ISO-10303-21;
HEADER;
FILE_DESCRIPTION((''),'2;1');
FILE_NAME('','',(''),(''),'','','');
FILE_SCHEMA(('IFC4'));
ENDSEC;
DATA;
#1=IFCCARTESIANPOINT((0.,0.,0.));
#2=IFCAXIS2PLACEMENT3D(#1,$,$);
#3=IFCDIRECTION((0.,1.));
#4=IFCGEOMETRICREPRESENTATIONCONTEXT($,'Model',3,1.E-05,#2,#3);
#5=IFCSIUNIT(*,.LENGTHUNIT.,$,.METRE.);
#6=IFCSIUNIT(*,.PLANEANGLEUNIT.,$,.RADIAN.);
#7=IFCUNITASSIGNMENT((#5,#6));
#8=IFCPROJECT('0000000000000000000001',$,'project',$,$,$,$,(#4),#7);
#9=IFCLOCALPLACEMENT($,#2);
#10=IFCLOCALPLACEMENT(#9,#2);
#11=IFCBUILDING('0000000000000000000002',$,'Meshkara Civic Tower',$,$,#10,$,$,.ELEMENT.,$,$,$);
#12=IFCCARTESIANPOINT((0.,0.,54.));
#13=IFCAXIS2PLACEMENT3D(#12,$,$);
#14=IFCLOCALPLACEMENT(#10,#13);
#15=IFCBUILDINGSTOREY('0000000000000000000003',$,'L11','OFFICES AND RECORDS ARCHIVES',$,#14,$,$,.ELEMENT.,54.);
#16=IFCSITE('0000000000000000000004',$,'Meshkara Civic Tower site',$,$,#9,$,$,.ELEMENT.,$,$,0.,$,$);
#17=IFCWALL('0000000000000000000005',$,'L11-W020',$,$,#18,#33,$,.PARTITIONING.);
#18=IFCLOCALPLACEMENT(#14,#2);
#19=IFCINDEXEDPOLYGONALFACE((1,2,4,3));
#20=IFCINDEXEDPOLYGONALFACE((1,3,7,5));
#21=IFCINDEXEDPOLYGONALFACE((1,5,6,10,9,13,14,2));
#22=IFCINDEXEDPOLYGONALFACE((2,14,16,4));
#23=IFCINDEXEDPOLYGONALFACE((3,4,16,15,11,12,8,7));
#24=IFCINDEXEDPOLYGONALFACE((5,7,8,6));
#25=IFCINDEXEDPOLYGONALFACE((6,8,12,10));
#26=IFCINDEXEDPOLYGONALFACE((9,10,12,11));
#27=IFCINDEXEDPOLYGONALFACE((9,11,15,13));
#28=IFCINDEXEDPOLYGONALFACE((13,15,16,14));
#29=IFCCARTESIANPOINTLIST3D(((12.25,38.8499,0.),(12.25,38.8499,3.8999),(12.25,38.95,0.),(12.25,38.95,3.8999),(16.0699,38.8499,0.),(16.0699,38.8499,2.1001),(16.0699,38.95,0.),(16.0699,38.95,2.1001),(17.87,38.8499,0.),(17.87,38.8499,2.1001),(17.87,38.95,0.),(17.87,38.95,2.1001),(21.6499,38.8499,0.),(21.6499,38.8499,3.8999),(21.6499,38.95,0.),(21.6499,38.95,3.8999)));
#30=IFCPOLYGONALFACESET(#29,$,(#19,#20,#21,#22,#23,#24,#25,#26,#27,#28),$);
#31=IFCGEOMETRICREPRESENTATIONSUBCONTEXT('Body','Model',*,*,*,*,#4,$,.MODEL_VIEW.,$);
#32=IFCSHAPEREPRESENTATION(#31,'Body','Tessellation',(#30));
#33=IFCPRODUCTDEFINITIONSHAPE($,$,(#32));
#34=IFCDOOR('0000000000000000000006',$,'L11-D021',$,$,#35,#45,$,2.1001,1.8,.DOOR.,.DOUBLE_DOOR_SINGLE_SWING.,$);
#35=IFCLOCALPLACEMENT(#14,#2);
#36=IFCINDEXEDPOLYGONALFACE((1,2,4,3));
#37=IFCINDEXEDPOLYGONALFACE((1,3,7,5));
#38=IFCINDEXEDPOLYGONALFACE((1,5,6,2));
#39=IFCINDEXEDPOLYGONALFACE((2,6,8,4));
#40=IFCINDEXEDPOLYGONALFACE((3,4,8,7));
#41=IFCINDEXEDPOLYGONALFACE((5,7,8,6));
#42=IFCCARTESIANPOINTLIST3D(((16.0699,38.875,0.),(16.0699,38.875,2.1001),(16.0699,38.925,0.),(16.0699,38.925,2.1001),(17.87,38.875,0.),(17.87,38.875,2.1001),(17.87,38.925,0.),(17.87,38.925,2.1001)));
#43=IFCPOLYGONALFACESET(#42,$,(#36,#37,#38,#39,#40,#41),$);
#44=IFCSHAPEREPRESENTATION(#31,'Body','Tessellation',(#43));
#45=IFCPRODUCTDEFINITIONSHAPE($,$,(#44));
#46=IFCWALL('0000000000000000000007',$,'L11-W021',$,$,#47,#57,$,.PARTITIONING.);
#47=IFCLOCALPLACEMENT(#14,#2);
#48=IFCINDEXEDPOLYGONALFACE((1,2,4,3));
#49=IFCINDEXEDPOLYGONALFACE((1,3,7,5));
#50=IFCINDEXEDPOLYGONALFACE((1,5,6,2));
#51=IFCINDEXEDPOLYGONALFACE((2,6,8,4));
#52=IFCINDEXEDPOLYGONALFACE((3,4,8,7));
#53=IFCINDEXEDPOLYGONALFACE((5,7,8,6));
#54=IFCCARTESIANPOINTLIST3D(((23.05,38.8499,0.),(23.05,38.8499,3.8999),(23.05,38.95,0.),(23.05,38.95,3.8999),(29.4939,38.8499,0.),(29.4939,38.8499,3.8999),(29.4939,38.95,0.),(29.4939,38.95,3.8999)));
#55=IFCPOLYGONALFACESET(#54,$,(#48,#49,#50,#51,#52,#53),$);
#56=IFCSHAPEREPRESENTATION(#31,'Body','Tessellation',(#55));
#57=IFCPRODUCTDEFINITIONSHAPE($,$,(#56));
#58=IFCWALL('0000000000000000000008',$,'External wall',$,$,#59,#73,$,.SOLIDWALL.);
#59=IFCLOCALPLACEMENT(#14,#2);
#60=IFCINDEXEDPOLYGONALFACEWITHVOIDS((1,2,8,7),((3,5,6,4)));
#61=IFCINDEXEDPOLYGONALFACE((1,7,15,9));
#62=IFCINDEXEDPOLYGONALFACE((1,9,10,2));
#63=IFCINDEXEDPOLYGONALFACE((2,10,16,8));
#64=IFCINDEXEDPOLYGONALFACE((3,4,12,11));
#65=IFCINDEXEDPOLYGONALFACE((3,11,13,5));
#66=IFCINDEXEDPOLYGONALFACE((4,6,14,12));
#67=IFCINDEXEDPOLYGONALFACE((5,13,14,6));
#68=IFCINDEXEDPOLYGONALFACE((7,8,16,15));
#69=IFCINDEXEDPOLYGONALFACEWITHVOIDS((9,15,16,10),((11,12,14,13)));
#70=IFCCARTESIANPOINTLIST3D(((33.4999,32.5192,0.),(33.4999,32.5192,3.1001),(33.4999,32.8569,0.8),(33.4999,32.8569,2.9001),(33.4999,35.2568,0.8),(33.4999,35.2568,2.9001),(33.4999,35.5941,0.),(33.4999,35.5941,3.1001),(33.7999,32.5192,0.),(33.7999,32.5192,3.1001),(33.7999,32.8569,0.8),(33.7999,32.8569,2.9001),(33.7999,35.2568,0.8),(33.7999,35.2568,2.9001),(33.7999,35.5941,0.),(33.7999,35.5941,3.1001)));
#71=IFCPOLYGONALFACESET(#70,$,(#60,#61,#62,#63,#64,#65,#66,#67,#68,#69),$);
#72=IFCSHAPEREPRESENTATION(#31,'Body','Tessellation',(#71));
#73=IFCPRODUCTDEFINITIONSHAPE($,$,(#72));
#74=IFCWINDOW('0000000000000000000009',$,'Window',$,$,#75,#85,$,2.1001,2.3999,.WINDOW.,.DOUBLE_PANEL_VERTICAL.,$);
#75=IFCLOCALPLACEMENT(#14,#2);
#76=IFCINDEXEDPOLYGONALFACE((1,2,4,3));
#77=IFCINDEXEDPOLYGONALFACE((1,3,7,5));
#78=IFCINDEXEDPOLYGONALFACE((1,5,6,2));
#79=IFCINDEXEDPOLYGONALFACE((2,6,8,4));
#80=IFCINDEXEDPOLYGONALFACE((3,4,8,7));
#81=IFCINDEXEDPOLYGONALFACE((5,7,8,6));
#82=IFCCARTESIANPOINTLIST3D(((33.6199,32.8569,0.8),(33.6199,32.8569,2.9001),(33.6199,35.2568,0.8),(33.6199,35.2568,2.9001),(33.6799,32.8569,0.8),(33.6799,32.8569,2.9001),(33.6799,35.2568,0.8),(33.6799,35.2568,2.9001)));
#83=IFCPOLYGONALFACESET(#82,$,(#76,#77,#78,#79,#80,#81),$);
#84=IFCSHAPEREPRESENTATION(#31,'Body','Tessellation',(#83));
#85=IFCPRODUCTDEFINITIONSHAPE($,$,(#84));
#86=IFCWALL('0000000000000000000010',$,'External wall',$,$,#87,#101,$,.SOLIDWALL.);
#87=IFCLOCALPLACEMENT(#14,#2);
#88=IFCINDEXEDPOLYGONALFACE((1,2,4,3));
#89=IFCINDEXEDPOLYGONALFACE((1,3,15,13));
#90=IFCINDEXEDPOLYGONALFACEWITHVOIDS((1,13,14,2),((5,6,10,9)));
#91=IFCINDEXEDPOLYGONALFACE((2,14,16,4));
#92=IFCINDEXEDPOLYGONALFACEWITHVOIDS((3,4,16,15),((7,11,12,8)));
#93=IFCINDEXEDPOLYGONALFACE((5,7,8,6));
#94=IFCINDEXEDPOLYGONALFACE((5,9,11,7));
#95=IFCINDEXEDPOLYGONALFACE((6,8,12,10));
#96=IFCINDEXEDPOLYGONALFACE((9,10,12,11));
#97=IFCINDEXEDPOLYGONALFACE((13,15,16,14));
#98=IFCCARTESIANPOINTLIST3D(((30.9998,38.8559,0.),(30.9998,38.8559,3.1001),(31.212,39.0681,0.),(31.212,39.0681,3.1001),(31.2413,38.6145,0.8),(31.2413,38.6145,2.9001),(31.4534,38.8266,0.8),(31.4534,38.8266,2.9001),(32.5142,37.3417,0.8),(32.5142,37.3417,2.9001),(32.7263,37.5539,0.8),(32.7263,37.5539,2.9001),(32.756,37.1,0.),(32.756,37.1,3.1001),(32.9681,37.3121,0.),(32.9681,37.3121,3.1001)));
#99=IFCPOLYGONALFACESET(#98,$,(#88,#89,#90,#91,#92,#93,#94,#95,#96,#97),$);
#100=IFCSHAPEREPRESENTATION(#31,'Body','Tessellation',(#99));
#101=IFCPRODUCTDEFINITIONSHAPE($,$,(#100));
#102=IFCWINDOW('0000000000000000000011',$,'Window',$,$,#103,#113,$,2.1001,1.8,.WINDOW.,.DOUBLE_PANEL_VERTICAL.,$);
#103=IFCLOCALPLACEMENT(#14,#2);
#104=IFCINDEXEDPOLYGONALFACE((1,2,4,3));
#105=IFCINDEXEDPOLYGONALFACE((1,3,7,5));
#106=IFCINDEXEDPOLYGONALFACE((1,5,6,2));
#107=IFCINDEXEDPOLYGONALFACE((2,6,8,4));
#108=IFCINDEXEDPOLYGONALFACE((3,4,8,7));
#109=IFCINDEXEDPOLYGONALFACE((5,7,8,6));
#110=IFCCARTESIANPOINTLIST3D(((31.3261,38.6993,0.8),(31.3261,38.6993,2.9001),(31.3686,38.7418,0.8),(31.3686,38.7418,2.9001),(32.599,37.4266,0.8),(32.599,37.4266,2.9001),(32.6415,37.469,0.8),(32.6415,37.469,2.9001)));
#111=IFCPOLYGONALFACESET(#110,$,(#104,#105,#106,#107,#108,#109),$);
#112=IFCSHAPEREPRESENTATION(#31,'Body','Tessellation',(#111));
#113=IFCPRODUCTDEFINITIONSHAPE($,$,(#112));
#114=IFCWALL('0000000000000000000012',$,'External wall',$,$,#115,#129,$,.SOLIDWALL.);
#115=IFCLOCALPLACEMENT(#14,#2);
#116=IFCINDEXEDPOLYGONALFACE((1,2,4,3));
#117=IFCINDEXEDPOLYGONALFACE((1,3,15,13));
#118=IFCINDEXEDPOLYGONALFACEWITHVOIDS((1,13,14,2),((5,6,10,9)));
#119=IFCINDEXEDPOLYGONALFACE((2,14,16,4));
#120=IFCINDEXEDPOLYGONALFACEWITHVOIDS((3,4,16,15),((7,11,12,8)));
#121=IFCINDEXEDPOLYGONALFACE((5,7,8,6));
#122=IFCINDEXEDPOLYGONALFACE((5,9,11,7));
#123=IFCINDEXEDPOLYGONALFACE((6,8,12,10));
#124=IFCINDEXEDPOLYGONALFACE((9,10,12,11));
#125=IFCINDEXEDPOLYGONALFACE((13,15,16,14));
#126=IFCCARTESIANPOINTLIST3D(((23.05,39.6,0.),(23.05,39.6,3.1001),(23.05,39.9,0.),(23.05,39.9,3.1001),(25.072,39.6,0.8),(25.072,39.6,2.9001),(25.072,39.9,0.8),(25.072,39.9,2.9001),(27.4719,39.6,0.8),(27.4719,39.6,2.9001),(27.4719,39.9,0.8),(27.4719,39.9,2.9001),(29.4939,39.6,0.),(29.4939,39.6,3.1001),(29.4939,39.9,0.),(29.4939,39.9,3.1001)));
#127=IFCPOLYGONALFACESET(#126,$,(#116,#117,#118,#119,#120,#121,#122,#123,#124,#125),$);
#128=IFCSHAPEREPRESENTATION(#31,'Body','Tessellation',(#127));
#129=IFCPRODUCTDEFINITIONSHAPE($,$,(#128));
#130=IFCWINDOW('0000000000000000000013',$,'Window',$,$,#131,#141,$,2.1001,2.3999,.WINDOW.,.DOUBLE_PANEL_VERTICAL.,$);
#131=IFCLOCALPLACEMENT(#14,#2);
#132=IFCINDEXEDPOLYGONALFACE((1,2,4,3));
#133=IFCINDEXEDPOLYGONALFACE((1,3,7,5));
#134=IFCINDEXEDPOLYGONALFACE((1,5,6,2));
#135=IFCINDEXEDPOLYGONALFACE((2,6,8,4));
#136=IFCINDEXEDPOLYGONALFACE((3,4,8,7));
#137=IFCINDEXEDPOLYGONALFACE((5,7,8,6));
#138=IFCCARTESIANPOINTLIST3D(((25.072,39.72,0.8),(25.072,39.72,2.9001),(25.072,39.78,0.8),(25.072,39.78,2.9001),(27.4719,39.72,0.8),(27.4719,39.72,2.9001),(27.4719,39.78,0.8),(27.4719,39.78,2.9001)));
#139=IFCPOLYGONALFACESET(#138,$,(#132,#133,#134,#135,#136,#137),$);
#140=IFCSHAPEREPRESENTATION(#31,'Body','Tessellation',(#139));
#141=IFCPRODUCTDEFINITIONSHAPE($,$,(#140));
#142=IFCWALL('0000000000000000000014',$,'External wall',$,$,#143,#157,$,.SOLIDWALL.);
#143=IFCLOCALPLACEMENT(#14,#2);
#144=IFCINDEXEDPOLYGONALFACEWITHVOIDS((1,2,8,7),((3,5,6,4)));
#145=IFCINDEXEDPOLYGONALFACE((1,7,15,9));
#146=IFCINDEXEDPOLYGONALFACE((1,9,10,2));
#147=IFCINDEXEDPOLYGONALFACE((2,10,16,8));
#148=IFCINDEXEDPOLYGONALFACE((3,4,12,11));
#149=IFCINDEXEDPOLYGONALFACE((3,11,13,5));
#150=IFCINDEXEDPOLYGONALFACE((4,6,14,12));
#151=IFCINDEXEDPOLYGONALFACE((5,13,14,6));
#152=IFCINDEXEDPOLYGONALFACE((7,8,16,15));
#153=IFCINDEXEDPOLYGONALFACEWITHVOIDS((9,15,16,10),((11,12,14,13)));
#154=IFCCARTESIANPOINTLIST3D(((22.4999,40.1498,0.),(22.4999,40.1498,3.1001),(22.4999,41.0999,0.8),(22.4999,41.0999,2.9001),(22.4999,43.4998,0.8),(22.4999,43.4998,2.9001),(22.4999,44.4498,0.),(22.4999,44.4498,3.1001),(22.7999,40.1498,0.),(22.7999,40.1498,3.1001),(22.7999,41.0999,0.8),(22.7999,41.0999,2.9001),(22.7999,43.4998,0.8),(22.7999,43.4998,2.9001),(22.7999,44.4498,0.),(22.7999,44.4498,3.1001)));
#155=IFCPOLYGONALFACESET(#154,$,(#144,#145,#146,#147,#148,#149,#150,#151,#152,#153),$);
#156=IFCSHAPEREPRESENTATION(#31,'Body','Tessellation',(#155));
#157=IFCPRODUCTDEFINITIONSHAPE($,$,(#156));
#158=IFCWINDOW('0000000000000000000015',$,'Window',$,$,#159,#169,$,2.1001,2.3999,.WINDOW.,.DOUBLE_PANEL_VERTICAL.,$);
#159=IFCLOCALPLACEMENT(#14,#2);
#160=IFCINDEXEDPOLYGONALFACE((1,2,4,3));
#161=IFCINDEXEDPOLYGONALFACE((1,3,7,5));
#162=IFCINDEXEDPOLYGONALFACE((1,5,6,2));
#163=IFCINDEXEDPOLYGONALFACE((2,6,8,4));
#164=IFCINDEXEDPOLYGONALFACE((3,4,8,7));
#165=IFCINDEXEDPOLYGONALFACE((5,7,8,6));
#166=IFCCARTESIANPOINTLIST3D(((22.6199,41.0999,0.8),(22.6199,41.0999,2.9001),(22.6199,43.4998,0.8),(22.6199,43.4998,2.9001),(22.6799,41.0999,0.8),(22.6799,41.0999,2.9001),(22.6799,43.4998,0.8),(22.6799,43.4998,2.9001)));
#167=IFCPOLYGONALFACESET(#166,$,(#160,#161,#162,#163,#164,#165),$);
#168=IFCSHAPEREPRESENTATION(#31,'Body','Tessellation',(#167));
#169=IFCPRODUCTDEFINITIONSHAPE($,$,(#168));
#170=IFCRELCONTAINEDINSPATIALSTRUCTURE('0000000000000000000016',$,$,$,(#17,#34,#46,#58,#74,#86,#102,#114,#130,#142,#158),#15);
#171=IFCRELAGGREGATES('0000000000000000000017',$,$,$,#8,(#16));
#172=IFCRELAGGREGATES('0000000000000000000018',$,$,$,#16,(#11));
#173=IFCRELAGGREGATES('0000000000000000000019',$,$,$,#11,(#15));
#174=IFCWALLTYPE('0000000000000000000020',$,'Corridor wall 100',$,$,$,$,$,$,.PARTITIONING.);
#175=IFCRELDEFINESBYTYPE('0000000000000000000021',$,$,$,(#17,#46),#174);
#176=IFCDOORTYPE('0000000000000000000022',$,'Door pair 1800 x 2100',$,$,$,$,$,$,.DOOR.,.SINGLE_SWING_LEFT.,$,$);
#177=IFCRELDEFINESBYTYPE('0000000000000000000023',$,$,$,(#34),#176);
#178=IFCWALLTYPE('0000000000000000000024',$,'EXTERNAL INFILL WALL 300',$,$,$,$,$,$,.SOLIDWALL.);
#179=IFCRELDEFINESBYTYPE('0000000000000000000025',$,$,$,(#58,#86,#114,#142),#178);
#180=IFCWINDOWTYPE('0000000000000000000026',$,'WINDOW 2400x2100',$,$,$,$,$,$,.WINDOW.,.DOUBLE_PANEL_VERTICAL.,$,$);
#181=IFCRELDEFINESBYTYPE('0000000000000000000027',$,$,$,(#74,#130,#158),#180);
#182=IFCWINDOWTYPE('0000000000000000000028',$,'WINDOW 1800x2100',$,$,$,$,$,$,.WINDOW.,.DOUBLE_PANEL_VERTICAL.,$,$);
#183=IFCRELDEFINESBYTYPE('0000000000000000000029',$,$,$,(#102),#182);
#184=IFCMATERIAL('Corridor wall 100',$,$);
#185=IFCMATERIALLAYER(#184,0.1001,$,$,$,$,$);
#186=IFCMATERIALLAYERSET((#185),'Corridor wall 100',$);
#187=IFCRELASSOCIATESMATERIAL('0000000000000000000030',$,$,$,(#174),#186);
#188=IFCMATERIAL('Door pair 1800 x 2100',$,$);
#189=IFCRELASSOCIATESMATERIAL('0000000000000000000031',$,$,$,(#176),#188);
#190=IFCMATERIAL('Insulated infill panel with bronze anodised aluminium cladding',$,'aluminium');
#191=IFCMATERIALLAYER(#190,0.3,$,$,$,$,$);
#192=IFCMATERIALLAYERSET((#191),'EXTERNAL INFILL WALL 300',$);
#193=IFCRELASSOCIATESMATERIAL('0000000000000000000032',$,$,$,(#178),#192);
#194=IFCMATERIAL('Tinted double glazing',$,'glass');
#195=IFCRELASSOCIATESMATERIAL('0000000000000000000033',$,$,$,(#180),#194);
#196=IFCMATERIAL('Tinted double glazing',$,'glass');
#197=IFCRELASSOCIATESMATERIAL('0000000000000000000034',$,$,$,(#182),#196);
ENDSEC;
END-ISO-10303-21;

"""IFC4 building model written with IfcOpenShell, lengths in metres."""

from ifc_helpers import new_model, si_unit, direction, frame, frame_2d, origin, place, context, subcontext, project, spatial, rectangle, extrude, material, layer, layer_set, type_object, element, fill, save


model = new_model("IFC4")

# Units and contexts
model_context = context("Model", 3, precision=1e-05, world=origin(), true_north=direction((0.0, 1.0)))
body_context = subcontext(model_context, "Body", "Model", "MODEL_VIEW")
ifc_project = project(units=[si_unit("LENGTHUNIT", "METRE"), si_unit("PLANEANGLEUNIT", "RADIAN")], contexts=[model_context])

# Site, building, storey
site_placement = place(None, origin())
site = spatial("IfcSite", under=ifc_project, at=site_placement, Name="Meshkara Civic Tower site", CompositionType="ELEMENT", RefElevation=0.0)
building_placement = place(site_placement, origin())
building = spatial("IfcBuilding", under=site, at=building_placement, Name="Meshkara Civic Tower", CompositionType="ELEMENT")
storey_placement = place(building_placement, frame((0.0, 0.0, 54.0)))
storey = spatial("IfcBuildingStorey", under=building, at=storey_placement, Name="L11", Description="OFFICES AND RECORDS ARCHIVES", CompositionType="ELEMENT", Elevation=54.0)

# Wall, opening, door
ifc_material_1 = material(Name="Corridor wall 100")
ifc_layer_1 = layer(ifc_material_1, 0.1001)
ifc_layer_set_1 = layer_set([ifc_layer_1], Name="Corridor wall 100")
wall_type_1 = type_object("IfcWallType", Name="Corridor wall 100", PredefinedType="PARTITIONING", material=ifc_layer_set_1)
wall_1_placement = place(storey_placement, frame((21.6499, 38.8999, 0.0), z_axis=(0.0, 0.0, 1.0), x_axis=(-1.0, 0.0, 0.0)))
wall_1 = element("IfcWall", 1, at=wall_1_placement, inside=storey, type_object=wall_type_1, Name="L11-W020", PredefinedType="PARTITIONING", context=body_context, shape_type="SweptSolid", body=[
    extrude(rectangle(XDim=9.3999, YDim=0.1001, at=frame_2d((4.7, 0.0))), origin(), (0.0, 0.0, 1.0), 3.8999),
])
opening_1_placement = place(wall_1_placement, frame((3.78, 0.0, 0.0)))
opening_1 = element("IfcOpeningElement", 2, at=opening_1_placement, cuts=wall_1, PredefinedType="OPENING", context=body_context, shape_type="SweptSolid", body=[
    extrude(rectangle(XDim=1.8, YDim=2.1001, at=frame_2d((0.8999, 1.05))), frame((0.0, 0.0601, 0.0), z_axis=(0.0, -1.0, 0.0), x_axis=(1.0, 0.0, 0.0)), (0.0, 0.0, 1.0), 0.1201),
])
ifc_material_2 = material(Name="Door pair 1800 x 2100")
door_type_1 = type_object("IfcDoorType", Name="Door pair 1800 x 2100", OperationType="SINGLE_SWING_LEFT", PredefinedType="DOOR", material=ifc_material_2)
door_1_placement = place(opening_1_placement, origin())
door_1 = element("IfcDoor", 3, at=door_1_placement, inside=storey, type_object=door_type_1, Name="L11-D021", OperationType="DOUBLE_DOOR_SINGLE_SWING", OverallHeight=2.1001, OverallWidth=1.8, PredefinedType="DOOR", context=body_context, shape_type="SweptSolid", body=[
    extrude(rectangle(XDim=1.8, YDim=2.1001, at=frame_2d((0.8999, 1.05))), frame((0.0, 0.0249, 0.0), z_axis=(0.0, -1.0, 0.0), x_axis=(1.0, 0.0, 0.0)), (0.0, 0.0, 1.0), 0.05),
])
fill(opening_1, door_1)

# Wall
wall_2_placement = place(storey_placement, frame((29.4939, 38.8999, 0.0), z_axis=(0.0, 0.0, 1.0), x_axis=(-1.0, 0.0, 0.0)))
element("IfcWall", 4, at=wall_2_placement, inside=storey, type_object=wall_type_1, Name="L11-W021", PredefinedType="PARTITIONING", context=body_context, shape_type="SweptSolid", body=[
    extrude(rectangle(XDim=6.4438, YDim=0.1001, at=frame_2d((3.2219, 0.0))), origin(), (0.0, 0.0, 1.0), 3.8999),
])

# Walls, openings, windows
ifc_material_3 = material(Name="Insulated infill panel with bronze anodised aluminium cladding", Category="aluminium")
ifc_layer_2 = layer(ifc_material_3, 0.3)
ifc_layer_set_2 = layer_set([ifc_layer_2], Name="EXTERNAL INFILL WALL 300")
wall_type_2 = type_object("IfcWallType", Name="EXTERNAL INFILL WALL 300", PredefinedType="SOLIDWALL", material=ifc_layer_set_2)
wall_3_placement = place(storey_placement, frame((33.6499, 32.519, 0.0), z_axis=(0.0, 0.0, 1.0), x_axis=(0.0, 1.0, 0.0)))
wall_3 = element("IfcWall", 5, at=wall_3_placement, inside=storey, type_object=wall_type_2, Name="External wall", PredefinedType="SOLIDWALL", context=body_context, shape_type="SweptSolid", body=[
    extrude(rectangle(XDim=3.075, YDim=0.3, at=frame_2d((1.5376, 0.0))), origin(), (0.0, 0.0, 1.0), 3.1001),
])
opening_2_placement = place(wall_3_placement, frame((0.3379, 0.0, 0.8)))
opening_2 = element("IfcOpeningElement", 6, at=opening_2_placement, cuts=wall_3, PredefinedType="OPENING", context=body_context, shape_type="SweptSolid", body=[
    extrude(rectangle(XDim=2.3999, YDim=2.1001, at=frame_2d((1.2, 1.05))), frame((0.0, 0.1599, 0.0), z_axis=(0.0, -1.0, 0.0), x_axis=(1.0, 0.0, 0.0)), (0.0, 0.0, 1.0), 0.3201),
])
ifc_material_4 = material(Name="Tinted double glazing", Category="glass")
window_type_1 = type_object("IfcWindowType", Name="WINDOW 2400x2100", PartitioningType="DOUBLE_PANEL_VERTICAL", PredefinedType="WINDOW", material=ifc_material_4)
window_1_placement = place(opening_2_placement, origin())
window_1 = element("IfcWindow", 7, at=window_1_placement, inside=storey, type_object=window_type_1, Name="Window", OverallHeight=2.1001, OverallWidth=2.3999, PartitioningType="DOUBLE_PANEL_VERTICAL", PredefinedType="WINDOW", context=body_context, shape_type="SweptSolid", body=[
    extrude(rectangle(XDim=2.3999, YDim=2.1001, at=frame_2d((1.2, 1.05))), frame((0.0, 0.03, 0.0), z_axis=(0.0, -1.0, 0.0), x_axis=(1.0, 0.0, 0.0)), (0.0, 0.0, 1.0), 0.0601),
])
fill(opening_2, window_1)
wall_4_placement = place(storey_placement, frame((32.8621, 37.2061, 0.0), z_axis=(0.0, 0.0, 1.0), x_axis=(-0.707156, 0.707058, 0.0)))
wall_4 = element("IfcWall", 8, at=wall_4_placement, inside=storey, type_object=wall_type_2, Name="External wall", PredefinedType="SOLIDWALL", context=body_context, shape_type="SweptSolid", body=[
    extrude(rectangle(XDim=2.4834, YDim=0.3, at=frame_2d((1.2417, 0.0))), origin(), (0.0, 0.0, 1.0), 3.1001),
])
opening_3_placement = place(wall_4_placement, frame((0.342, 0.0, 0.8)))
opening_3 = element("IfcOpeningElement", 9, at=opening_3_placement, cuts=wall_4, PredefinedType="OPENING", context=body_context, shape_type="SweptSolid", body=[
    extrude(rectangle(XDim=1.8, YDim=2.1001, at=frame_2d((0.8999, 1.05))), frame((0.0, 0.1599, 0.0), z_axis=(0.0, -1.0, 0.0), x_axis=(1.0, 0.0, 0.0)), (0.0, 0.0, 1.0), 0.3201),
])
ifc_material_5 = material(Name="Tinted double glazing", Category="glass")
window_type_2 = type_object("IfcWindowType", Name="WINDOW 1800x2100", PartitioningType="DOUBLE_PANEL_VERTICAL", PredefinedType="WINDOW", material=ifc_material_5)
window_2_placement = place(opening_3_placement, origin())
window_2 = element("IfcWindow", 10, at=window_2_placement, inside=storey, type_object=window_type_2, Name="Window", OverallHeight=2.1001, OverallWidth=1.8, PartitioningType="DOUBLE_PANEL_VERTICAL", PredefinedType="WINDOW", context=body_context, shape_type="SweptSolid", body=[
    extrude(rectangle(XDim=1.8, YDim=2.1001, at=frame_2d((0.8999, 1.05))), frame((0.0, 0.03, 0.0), z_axis=(0.0, -1.0, 0.0), x_axis=(1.0, 0.0, 0.0)), (0.0, 0.0, 1.0), 0.0601),
])
fill(opening_3, window_2)
wall_5_placement = place(storey_placement, frame((29.4939, 39.75, 0.0), z_axis=(0.0, 0.0, 1.0), x_axis=(-1.0, 0.0, 0.0)))
wall_5 = element("IfcWall", 11, at=wall_5_placement, inside=storey, type_object=wall_type_2, Name="External wall", PredefinedType="SOLIDWALL", context=body_context, shape_type="SweptSolid", body=[
    extrude(rectangle(XDim=6.4438, YDim=0.3, at=frame_2d((3.2219, 0.0))), origin(), (0.0, 0.0, 1.0), 3.1001),
])
opening_4_placement = place(wall_5_placement, frame((2.022, 0.0, 0.8)))
opening_4 = element("IfcOpeningElement", 12, at=opening_4_placement, cuts=wall_5, PredefinedType="OPENING", context=body_context, shape_type="SweptSolid", body=[
    extrude(rectangle(XDim=2.3999, YDim=2.1001, at=frame_2d((1.2, 1.05))), frame((0.0, 0.1599, 0.0), z_axis=(0.0, -1.0, 0.0), x_axis=(1.0, 0.0, 0.0)), (0.0, 0.0, 1.0), 0.3201),
])
window_3_placement = place(opening_4_placement, origin())
window_3 = element("IfcWindow", 13, at=window_3_placement, inside=storey, type_object=window_type_1, Name="Window", OverallHeight=2.1001, OverallWidth=2.3999, PartitioningType="DOUBLE_PANEL_VERTICAL", PredefinedType="WINDOW", context=body_context, shape_type="SweptSolid", body=[
    extrude(rectangle(XDim=2.3999, YDim=2.1001, at=frame_2d((1.2, 1.05))), frame((0.0, 0.03, 0.0), z_axis=(0.0, -1.0, 0.0), x_axis=(1.0, 0.0, 0.0)), (0.0, 0.0, 1.0), 0.0601),
])
fill(opening_4, window_3)
wall_6_placement = place(storey_placement, frame((22.6499, 40.1499, 0.0), z_axis=(0.0, 0.0, 1.0), x_axis=(0.0, 1.0, 0.0)))
wall_6 = element("IfcWall", 14, at=wall_6_placement, inside=storey, type_object=wall_type_2, Name="External wall", PredefinedType="SOLIDWALL", context=body_context, shape_type="SweptSolid", body=[
    extrude(rectangle(XDim=4.3, YDim=0.3, at=frame_2d((2.1499, 0.0))), origin(), (0.0, 0.0, 1.0), 3.1001),
])
opening_5_placement = place(wall_6_placement, frame((0.95, 0.0, 0.8)))
opening_5 = element("IfcOpeningElement", 15, at=opening_5_placement, cuts=wall_6, PredefinedType="OPENING", context=body_context, shape_type="SweptSolid", body=[
    extrude(rectangle(XDim=2.3999, YDim=2.1001, at=frame_2d((1.2, 1.05))), frame((0.0, 0.1599, 0.0), z_axis=(0.0, -1.0, 0.0), x_axis=(1.0, 0.0, 0.0)), (0.0, 0.0, 1.0), 0.3201),
])
window_4_placement = place(opening_5_placement, origin())
window_4 = element("IfcWindow", 16, at=window_4_placement, inside=storey, type_object=window_type_1, Name="Window", OverallHeight=2.1001, OverallWidth=2.3999, PartitioningType="DOUBLE_PANEL_VERTICAL", PredefinedType="WINDOW", context=body_context, shape_type="SweptSolid", body=[
    extrude(rectangle(XDim=2.3999, YDim=2.1001, at=frame_2d((1.2, 1.05))), frame((0.0, 0.03, 0.0), z_axis=(0.0, -1.0, 0.0), x_axis=(1.0, 0.0, 0.0)), (0.0, 0.0, 1.0), 0.0601),
])
fill(opening_5, window_4)

save(model, "model.ifc")
